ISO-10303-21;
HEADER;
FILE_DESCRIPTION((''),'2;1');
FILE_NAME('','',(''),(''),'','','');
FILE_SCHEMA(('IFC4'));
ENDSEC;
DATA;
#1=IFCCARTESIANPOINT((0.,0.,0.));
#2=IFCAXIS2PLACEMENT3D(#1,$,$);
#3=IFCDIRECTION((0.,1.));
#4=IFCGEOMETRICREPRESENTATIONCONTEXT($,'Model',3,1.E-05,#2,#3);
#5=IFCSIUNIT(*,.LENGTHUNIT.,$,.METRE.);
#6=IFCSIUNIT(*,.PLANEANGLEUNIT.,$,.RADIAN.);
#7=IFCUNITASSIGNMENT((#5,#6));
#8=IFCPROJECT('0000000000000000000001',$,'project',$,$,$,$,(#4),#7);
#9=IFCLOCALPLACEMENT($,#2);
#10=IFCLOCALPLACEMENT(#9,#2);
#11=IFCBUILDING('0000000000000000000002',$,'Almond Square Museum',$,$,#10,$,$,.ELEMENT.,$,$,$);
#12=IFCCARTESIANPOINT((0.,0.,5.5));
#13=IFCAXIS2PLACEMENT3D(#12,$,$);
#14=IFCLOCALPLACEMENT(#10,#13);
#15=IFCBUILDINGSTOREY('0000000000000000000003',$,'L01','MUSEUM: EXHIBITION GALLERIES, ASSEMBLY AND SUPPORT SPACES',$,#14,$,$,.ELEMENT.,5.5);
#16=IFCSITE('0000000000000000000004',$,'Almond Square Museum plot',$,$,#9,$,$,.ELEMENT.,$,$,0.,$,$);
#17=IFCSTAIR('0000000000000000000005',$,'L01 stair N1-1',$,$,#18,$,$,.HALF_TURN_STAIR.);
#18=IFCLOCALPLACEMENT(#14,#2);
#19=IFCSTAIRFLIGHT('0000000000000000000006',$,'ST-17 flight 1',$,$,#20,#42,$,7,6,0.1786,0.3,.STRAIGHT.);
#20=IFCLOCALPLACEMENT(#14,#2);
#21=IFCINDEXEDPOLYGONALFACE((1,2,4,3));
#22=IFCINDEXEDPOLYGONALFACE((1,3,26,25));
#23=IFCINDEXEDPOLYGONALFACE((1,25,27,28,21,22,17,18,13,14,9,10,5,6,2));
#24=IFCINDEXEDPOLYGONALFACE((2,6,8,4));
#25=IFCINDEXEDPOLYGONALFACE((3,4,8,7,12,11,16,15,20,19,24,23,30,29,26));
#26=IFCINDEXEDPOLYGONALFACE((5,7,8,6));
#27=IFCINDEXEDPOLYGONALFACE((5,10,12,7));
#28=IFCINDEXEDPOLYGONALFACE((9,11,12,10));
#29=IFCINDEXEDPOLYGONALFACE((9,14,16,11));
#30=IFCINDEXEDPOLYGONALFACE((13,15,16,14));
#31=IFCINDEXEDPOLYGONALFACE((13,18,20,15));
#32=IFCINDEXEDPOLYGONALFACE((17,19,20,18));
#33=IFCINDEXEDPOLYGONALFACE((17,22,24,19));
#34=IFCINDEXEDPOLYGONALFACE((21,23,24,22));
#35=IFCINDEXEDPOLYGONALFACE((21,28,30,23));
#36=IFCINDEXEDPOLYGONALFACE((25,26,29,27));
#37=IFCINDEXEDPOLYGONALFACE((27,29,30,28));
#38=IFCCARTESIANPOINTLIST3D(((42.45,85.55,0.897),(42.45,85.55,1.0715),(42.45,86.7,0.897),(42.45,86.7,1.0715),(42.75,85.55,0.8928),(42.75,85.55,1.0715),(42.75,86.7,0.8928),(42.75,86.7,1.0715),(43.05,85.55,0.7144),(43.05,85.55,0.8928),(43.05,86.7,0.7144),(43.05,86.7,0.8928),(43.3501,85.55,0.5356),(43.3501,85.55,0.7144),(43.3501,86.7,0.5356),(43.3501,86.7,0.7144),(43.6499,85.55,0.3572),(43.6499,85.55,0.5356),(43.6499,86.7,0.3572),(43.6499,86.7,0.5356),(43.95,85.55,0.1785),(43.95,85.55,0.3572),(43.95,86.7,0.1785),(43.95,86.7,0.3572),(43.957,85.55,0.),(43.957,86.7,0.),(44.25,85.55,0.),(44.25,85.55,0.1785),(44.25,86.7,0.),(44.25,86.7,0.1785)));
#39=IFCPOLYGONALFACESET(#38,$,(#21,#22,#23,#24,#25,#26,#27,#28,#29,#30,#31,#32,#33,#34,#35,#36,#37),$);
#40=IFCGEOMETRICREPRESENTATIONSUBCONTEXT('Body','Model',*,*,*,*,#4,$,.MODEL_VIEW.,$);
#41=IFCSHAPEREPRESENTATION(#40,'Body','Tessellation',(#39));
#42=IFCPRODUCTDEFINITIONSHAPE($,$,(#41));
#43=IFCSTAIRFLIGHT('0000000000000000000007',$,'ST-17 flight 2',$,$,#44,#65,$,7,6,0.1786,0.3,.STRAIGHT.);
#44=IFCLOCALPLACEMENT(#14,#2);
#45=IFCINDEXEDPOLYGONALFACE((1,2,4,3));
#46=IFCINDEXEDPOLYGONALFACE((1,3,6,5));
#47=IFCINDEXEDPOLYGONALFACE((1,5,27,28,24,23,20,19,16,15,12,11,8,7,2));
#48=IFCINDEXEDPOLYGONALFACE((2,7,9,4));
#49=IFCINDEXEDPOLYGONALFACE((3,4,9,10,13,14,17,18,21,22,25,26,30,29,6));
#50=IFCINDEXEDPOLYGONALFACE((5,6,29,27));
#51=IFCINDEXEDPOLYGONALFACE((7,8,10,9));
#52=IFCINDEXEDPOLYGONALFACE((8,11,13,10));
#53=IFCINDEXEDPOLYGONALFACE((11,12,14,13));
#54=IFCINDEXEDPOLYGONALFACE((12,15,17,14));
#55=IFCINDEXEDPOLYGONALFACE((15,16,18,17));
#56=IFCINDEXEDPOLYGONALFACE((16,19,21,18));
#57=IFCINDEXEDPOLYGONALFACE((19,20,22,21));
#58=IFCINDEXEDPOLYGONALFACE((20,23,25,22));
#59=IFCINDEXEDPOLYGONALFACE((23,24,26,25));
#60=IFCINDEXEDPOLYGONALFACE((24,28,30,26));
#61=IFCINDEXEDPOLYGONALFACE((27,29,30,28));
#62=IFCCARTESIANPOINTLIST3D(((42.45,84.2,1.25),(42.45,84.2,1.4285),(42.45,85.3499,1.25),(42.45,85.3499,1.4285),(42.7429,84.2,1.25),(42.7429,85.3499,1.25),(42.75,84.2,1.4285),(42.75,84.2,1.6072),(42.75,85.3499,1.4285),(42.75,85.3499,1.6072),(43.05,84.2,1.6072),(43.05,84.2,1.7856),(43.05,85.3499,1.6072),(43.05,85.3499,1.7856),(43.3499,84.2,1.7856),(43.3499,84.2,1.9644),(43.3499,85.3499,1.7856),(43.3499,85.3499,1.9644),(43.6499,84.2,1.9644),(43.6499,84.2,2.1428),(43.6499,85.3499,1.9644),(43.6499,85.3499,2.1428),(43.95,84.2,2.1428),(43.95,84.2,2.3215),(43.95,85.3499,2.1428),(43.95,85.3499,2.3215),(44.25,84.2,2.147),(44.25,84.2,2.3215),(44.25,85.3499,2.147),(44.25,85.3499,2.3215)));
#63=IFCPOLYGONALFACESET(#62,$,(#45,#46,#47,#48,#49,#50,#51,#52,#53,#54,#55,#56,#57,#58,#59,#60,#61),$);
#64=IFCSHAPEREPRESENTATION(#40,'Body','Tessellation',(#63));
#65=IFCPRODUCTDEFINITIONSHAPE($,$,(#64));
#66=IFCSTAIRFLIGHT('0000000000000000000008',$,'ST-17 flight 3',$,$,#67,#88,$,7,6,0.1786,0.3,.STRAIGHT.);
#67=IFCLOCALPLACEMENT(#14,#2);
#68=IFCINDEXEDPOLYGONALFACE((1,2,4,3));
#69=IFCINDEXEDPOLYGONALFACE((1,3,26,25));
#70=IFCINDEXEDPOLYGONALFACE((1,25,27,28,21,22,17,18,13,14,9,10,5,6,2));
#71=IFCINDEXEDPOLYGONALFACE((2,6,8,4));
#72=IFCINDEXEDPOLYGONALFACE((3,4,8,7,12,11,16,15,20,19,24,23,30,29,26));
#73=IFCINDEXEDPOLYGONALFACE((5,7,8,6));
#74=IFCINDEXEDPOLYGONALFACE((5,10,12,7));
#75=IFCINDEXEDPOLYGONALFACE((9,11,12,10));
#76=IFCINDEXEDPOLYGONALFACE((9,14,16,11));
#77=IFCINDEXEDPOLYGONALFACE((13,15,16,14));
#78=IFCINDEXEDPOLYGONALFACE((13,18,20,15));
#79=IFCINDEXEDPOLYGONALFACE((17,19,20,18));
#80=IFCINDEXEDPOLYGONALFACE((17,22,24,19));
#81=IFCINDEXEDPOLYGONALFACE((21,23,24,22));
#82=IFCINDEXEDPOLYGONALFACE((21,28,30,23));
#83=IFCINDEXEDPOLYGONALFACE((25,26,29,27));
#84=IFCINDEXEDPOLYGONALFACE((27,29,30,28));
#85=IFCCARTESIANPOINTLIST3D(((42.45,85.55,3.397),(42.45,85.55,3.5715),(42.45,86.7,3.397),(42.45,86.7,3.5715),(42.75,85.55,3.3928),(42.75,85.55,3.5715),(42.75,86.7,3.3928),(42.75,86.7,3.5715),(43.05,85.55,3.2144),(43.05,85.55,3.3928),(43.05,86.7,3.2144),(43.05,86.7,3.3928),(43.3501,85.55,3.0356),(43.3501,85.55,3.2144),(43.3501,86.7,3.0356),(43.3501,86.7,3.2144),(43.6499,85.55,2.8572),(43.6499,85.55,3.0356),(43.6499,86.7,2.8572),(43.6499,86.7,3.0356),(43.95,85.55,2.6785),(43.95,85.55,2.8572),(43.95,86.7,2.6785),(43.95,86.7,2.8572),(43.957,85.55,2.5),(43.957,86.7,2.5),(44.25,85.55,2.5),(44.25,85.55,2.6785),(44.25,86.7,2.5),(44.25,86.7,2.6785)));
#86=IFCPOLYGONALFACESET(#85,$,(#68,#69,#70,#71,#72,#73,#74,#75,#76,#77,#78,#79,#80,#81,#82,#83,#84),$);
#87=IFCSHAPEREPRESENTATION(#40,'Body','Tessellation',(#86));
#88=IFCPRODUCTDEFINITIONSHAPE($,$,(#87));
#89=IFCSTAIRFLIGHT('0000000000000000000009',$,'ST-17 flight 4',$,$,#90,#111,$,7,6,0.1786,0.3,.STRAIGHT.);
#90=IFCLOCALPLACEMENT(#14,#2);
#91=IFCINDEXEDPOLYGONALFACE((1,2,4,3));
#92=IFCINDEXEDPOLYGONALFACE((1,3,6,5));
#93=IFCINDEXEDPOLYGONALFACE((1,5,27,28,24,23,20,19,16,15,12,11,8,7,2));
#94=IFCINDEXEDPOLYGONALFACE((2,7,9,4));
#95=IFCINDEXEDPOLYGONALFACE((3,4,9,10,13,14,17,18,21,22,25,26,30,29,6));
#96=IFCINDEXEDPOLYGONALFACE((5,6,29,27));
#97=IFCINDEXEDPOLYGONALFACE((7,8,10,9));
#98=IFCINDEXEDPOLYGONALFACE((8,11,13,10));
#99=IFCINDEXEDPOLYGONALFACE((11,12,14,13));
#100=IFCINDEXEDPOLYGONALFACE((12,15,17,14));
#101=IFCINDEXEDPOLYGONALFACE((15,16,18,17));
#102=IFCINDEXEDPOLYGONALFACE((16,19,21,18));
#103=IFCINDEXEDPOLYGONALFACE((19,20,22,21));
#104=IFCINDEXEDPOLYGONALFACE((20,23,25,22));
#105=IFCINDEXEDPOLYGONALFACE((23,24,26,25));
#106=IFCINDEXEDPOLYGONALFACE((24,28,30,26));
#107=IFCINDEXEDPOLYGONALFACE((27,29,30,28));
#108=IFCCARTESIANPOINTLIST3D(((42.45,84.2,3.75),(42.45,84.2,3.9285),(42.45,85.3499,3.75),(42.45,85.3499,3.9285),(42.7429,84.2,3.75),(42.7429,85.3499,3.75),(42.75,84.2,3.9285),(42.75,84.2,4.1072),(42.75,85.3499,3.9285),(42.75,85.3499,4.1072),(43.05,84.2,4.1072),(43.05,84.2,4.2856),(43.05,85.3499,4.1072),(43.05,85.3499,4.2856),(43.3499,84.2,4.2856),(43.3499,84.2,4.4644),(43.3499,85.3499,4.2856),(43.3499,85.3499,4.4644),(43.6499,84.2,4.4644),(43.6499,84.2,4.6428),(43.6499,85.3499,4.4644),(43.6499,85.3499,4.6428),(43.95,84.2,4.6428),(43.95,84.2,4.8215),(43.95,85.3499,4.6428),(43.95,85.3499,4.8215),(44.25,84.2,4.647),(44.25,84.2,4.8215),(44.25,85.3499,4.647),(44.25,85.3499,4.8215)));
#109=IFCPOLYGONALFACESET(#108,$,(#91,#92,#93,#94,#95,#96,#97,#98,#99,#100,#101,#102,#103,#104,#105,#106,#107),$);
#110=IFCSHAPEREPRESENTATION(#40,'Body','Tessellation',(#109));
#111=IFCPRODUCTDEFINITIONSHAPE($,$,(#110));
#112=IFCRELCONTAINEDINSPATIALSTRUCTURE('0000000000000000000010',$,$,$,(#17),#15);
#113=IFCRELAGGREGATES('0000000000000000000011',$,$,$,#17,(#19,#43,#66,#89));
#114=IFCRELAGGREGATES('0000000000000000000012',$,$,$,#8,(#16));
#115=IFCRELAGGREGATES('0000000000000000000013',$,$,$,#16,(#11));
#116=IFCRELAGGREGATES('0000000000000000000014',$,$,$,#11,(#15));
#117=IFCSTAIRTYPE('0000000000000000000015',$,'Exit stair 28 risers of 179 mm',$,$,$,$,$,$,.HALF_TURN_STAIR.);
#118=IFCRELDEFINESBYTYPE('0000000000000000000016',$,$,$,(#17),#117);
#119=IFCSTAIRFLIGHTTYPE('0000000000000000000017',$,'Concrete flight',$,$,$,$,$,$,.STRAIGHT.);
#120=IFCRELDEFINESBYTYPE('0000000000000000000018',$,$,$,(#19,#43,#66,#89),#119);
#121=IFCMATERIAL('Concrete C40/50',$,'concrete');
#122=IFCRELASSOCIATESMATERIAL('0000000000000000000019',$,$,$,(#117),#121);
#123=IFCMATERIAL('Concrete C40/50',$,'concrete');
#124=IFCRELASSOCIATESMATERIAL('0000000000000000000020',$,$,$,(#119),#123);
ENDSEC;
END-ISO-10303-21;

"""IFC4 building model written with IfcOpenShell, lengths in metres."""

from ifc_helpers import new_model, si_unit, direction, frame, origin, place, context, subcontext, project, spatial, polyline, outline, extrude, material, type_object, element, aggregate, save


model = new_model("IFC4")

# Units and contexts
model_context = context("Model", 3, precision=1e-05, world=origin(), true_north=direction((0.0, 1.0)))
body_context = subcontext(model_context, "Body", "Model", "MODEL_VIEW")
ifc_project = project(units=[si_unit("LENGTHUNIT", "METRE"), si_unit("PLANEANGLEUNIT", "RADIAN")], contexts=[model_context])

# Site, building, storey
site_placement = place(None, origin())
site = spatial("IfcSite", under=ifc_project, at=site_placement, Name="Almond Square Museum plot", CompositionType="ELEMENT", RefElevation=0.0)
building_placement = place(site_placement, origin())
building = spatial("IfcBuilding", under=site, at=building_placement, Name="Almond Square Museum", CompositionType="ELEMENT")
storey_placement = place(building_placement, frame((0.0, 0.0, 5.5)))
storey = spatial("IfcBuildingStorey", under=building, at=storey_placement, Name="L01", Description="MUSEUM: EXHIBITION GALLERIES, ASSEMBLY AND SUPPORT SPACES", CompositionType="ELEMENT", Elevation=5.5)

# Stair, stair flights
ifc_material_1 = material(Name="Concrete C40/50", Category="concrete")
stair_type = type_object("IfcStairType", Name="Exit stair 28 risers of 179 mm", PredefinedType="HALF_TURN_STAIR", material=ifc_material_1)
stair_placement = place(storey_placement, origin())
stair = element("IfcStair", 1, at=stair_placement, inside=storey, type_object=stair_type, Name="L01 stair N1-1", PredefinedType="HALF_TURN_STAIR")
ifc_material_2 = material(Name="Concrete C40/50", Category="concrete")
stair_flight_type = type_object("IfcStairFlightType", Name="Concrete flight", PredefinedType="STRAIGHT", material=ifc_material_2)
stair_flight_1_placement = place(storey_placement, frame((44.25, 86.125, 0.0), z_axis=(0.0, 0.0, 1.0), x_axis=(-1.0, 0.0, 0.0)))
stair_flight_1 = element("IfcStairFlight", 2, at=stair_flight_1_placement, type_object=stair_flight_type, Name="ST-17 flight 1", NumberOfRisers=7, NumberOfTreads=6, PredefinedType="STRAIGHT", RiserHeight=0.1786, TreadLength=0.3, context=body_context, shape_type="SweptSolid", body=[
    extrude(outline(polyline([(0.0, 0.0), (0.0, 0.1785), (0.3, 0.1785), (0.3, 0.3572), (0.6001, 0.3572), (0.6001, 0.5356), (0.8999, 0.5356), (0.8999, 0.7144), (1.2, 0.7144), (1.2, 0.8928), (1.5, 0.8928), (1.5, 1.0715), (1.8, 1.0715), (1.8, 1.25), (1.8, 0.897), (0.293, 0.0), (0.0, 0.0)])), frame((0.0, 0.575, 0.0), z_axis=(0.0, -1.0, 0.0), x_axis=(1.0, 0.0, 0.0)), (0.0, 0.0, 1.0), 1.1499),
])
stair_flight_2_placement = place(storey_placement, frame((42.45, 84.7749, 1.25), z_axis=(0.0, 0.0, 1.0), x_axis=(1.0, 0.0, 0.0)))
stair_flight_2 = element("IfcStairFlight", 3, at=stair_flight_2_placement, type_object=stair_flight_type, Name="ST-17 flight 2", NumberOfRisers=7, NumberOfTreads=6, PredefinedType="STRAIGHT", RiserHeight=0.1786, TreadLength=0.3, context=body_context, shape_type="SweptSolid", body=[
    extrude(outline(polyline([(0.0, 0.0), (0.0, 0.1785), (0.3, 0.1785), (0.3, 0.3572), (0.6001, 0.3572), (0.6001, 0.5356), (0.8999, 0.5356), (0.8999, 0.7144), (1.2, 0.7144), (1.2, 0.8928), (1.5, 0.8928), (1.5, 1.0715), (1.8, 1.0715), (1.8, 1.25), (1.8, 0.897), (0.293, 0.0), (0.0, 0.0)])), frame((0.0, 0.575, 0.0), z_axis=(0.0, -1.0, 0.0), x_axis=(1.0, 0.0, 0.0)), (0.0, 0.0, 1.0), 1.1499),
])
stair_flight_3_placement = place(storey_placement, frame((44.25, 86.125, 2.5), z_axis=(0.0, 0.0, 1.0), x_axis=(-1.0, 0.0, 0.0)))
stair_flight_3 = element("IfcStairFlight", 4, at=stair_flight_3_placement, type_object=stair_flight_type, Name="ST-17 flight 3", NumberOfRisers=7, NumberOfTreads=6, PredefinedType="STRAIGHT", RiserHeight=0.1786, TreadLength=0.3, context=body_context, shape_type="SweptSolid", body=[
    extrude(outline(polyline([(0.0, 0.0), (0.0, 0.1785), (0.3, 0.1785), (0.3, 0.3572), (0.6001, 0.3572), (0.6001, 0.5356), (0.8999, 0.5356), (0.8999, 0.7144), (1.2, 0.7144), (1.2, 0.8928), (1.5, 0.8928), (1.5, 1.0715), (1.8, 1.0715), (1.8, 1.25), (1.8, 0.897), (0.293, 0.0), (0.0, 0.0)])), frame((0.0, 0.575, 0.0), z_axis=(0.0, -1.0, 0.0), x_axis=(1.0, 0.0, 0.0)), (0.0, 0.0, 1.0), 1.1499),
])
stair_flight_4_placement = place(storey_placement, frame((42.45, 84.7749, 3.75), z_axis=(0.0, 0.0, 1.0), x_axis=(1.0, 0.0, 0.0)))
stair_flight_4 = element("IfcStairFlight", 5, at=stair_flight_4_placement, type_object=stair_flight_type, Name="ST-17 flight 4", NumberOfRisers=7, NumberOfTreads=6, PredefinedType="STRAIGHT", RiserHeight=0.1786, TreadLength=0.3, context=body_context, shape_type="SweptSolid", body=[
    extrude(outline(polyline([(0.0, 0.0), (0.0, 0.1785), (0.3, 0.1785), (0.3, 0.3572), (0.6001, 0.3572), (0.6001, 0.5356), (0.8999, 0.5356), (0.8999, 0.7144), (1.2, 0.7144), (1.2, 0.8928), (1.5, 0.8928), (1.5, 1.0715), (1.8, 1.0715), (1.8, 1.25), (1.8, 0.897), (0.293, 0.0), (0.0, 0.0)])), frame((0.0, 0.575, 0.0), z_axis=(0.0, -1.0, 0.0), x_axis=(1.0, 0.0, 0.0)), (0.0, 0.0, 1.0), 1.1499),
])
aggregate(stair, [stair_flight_1, stair_flight_2, stair_flight_3, stair_flight_4])

save(model, "model.ifc")
